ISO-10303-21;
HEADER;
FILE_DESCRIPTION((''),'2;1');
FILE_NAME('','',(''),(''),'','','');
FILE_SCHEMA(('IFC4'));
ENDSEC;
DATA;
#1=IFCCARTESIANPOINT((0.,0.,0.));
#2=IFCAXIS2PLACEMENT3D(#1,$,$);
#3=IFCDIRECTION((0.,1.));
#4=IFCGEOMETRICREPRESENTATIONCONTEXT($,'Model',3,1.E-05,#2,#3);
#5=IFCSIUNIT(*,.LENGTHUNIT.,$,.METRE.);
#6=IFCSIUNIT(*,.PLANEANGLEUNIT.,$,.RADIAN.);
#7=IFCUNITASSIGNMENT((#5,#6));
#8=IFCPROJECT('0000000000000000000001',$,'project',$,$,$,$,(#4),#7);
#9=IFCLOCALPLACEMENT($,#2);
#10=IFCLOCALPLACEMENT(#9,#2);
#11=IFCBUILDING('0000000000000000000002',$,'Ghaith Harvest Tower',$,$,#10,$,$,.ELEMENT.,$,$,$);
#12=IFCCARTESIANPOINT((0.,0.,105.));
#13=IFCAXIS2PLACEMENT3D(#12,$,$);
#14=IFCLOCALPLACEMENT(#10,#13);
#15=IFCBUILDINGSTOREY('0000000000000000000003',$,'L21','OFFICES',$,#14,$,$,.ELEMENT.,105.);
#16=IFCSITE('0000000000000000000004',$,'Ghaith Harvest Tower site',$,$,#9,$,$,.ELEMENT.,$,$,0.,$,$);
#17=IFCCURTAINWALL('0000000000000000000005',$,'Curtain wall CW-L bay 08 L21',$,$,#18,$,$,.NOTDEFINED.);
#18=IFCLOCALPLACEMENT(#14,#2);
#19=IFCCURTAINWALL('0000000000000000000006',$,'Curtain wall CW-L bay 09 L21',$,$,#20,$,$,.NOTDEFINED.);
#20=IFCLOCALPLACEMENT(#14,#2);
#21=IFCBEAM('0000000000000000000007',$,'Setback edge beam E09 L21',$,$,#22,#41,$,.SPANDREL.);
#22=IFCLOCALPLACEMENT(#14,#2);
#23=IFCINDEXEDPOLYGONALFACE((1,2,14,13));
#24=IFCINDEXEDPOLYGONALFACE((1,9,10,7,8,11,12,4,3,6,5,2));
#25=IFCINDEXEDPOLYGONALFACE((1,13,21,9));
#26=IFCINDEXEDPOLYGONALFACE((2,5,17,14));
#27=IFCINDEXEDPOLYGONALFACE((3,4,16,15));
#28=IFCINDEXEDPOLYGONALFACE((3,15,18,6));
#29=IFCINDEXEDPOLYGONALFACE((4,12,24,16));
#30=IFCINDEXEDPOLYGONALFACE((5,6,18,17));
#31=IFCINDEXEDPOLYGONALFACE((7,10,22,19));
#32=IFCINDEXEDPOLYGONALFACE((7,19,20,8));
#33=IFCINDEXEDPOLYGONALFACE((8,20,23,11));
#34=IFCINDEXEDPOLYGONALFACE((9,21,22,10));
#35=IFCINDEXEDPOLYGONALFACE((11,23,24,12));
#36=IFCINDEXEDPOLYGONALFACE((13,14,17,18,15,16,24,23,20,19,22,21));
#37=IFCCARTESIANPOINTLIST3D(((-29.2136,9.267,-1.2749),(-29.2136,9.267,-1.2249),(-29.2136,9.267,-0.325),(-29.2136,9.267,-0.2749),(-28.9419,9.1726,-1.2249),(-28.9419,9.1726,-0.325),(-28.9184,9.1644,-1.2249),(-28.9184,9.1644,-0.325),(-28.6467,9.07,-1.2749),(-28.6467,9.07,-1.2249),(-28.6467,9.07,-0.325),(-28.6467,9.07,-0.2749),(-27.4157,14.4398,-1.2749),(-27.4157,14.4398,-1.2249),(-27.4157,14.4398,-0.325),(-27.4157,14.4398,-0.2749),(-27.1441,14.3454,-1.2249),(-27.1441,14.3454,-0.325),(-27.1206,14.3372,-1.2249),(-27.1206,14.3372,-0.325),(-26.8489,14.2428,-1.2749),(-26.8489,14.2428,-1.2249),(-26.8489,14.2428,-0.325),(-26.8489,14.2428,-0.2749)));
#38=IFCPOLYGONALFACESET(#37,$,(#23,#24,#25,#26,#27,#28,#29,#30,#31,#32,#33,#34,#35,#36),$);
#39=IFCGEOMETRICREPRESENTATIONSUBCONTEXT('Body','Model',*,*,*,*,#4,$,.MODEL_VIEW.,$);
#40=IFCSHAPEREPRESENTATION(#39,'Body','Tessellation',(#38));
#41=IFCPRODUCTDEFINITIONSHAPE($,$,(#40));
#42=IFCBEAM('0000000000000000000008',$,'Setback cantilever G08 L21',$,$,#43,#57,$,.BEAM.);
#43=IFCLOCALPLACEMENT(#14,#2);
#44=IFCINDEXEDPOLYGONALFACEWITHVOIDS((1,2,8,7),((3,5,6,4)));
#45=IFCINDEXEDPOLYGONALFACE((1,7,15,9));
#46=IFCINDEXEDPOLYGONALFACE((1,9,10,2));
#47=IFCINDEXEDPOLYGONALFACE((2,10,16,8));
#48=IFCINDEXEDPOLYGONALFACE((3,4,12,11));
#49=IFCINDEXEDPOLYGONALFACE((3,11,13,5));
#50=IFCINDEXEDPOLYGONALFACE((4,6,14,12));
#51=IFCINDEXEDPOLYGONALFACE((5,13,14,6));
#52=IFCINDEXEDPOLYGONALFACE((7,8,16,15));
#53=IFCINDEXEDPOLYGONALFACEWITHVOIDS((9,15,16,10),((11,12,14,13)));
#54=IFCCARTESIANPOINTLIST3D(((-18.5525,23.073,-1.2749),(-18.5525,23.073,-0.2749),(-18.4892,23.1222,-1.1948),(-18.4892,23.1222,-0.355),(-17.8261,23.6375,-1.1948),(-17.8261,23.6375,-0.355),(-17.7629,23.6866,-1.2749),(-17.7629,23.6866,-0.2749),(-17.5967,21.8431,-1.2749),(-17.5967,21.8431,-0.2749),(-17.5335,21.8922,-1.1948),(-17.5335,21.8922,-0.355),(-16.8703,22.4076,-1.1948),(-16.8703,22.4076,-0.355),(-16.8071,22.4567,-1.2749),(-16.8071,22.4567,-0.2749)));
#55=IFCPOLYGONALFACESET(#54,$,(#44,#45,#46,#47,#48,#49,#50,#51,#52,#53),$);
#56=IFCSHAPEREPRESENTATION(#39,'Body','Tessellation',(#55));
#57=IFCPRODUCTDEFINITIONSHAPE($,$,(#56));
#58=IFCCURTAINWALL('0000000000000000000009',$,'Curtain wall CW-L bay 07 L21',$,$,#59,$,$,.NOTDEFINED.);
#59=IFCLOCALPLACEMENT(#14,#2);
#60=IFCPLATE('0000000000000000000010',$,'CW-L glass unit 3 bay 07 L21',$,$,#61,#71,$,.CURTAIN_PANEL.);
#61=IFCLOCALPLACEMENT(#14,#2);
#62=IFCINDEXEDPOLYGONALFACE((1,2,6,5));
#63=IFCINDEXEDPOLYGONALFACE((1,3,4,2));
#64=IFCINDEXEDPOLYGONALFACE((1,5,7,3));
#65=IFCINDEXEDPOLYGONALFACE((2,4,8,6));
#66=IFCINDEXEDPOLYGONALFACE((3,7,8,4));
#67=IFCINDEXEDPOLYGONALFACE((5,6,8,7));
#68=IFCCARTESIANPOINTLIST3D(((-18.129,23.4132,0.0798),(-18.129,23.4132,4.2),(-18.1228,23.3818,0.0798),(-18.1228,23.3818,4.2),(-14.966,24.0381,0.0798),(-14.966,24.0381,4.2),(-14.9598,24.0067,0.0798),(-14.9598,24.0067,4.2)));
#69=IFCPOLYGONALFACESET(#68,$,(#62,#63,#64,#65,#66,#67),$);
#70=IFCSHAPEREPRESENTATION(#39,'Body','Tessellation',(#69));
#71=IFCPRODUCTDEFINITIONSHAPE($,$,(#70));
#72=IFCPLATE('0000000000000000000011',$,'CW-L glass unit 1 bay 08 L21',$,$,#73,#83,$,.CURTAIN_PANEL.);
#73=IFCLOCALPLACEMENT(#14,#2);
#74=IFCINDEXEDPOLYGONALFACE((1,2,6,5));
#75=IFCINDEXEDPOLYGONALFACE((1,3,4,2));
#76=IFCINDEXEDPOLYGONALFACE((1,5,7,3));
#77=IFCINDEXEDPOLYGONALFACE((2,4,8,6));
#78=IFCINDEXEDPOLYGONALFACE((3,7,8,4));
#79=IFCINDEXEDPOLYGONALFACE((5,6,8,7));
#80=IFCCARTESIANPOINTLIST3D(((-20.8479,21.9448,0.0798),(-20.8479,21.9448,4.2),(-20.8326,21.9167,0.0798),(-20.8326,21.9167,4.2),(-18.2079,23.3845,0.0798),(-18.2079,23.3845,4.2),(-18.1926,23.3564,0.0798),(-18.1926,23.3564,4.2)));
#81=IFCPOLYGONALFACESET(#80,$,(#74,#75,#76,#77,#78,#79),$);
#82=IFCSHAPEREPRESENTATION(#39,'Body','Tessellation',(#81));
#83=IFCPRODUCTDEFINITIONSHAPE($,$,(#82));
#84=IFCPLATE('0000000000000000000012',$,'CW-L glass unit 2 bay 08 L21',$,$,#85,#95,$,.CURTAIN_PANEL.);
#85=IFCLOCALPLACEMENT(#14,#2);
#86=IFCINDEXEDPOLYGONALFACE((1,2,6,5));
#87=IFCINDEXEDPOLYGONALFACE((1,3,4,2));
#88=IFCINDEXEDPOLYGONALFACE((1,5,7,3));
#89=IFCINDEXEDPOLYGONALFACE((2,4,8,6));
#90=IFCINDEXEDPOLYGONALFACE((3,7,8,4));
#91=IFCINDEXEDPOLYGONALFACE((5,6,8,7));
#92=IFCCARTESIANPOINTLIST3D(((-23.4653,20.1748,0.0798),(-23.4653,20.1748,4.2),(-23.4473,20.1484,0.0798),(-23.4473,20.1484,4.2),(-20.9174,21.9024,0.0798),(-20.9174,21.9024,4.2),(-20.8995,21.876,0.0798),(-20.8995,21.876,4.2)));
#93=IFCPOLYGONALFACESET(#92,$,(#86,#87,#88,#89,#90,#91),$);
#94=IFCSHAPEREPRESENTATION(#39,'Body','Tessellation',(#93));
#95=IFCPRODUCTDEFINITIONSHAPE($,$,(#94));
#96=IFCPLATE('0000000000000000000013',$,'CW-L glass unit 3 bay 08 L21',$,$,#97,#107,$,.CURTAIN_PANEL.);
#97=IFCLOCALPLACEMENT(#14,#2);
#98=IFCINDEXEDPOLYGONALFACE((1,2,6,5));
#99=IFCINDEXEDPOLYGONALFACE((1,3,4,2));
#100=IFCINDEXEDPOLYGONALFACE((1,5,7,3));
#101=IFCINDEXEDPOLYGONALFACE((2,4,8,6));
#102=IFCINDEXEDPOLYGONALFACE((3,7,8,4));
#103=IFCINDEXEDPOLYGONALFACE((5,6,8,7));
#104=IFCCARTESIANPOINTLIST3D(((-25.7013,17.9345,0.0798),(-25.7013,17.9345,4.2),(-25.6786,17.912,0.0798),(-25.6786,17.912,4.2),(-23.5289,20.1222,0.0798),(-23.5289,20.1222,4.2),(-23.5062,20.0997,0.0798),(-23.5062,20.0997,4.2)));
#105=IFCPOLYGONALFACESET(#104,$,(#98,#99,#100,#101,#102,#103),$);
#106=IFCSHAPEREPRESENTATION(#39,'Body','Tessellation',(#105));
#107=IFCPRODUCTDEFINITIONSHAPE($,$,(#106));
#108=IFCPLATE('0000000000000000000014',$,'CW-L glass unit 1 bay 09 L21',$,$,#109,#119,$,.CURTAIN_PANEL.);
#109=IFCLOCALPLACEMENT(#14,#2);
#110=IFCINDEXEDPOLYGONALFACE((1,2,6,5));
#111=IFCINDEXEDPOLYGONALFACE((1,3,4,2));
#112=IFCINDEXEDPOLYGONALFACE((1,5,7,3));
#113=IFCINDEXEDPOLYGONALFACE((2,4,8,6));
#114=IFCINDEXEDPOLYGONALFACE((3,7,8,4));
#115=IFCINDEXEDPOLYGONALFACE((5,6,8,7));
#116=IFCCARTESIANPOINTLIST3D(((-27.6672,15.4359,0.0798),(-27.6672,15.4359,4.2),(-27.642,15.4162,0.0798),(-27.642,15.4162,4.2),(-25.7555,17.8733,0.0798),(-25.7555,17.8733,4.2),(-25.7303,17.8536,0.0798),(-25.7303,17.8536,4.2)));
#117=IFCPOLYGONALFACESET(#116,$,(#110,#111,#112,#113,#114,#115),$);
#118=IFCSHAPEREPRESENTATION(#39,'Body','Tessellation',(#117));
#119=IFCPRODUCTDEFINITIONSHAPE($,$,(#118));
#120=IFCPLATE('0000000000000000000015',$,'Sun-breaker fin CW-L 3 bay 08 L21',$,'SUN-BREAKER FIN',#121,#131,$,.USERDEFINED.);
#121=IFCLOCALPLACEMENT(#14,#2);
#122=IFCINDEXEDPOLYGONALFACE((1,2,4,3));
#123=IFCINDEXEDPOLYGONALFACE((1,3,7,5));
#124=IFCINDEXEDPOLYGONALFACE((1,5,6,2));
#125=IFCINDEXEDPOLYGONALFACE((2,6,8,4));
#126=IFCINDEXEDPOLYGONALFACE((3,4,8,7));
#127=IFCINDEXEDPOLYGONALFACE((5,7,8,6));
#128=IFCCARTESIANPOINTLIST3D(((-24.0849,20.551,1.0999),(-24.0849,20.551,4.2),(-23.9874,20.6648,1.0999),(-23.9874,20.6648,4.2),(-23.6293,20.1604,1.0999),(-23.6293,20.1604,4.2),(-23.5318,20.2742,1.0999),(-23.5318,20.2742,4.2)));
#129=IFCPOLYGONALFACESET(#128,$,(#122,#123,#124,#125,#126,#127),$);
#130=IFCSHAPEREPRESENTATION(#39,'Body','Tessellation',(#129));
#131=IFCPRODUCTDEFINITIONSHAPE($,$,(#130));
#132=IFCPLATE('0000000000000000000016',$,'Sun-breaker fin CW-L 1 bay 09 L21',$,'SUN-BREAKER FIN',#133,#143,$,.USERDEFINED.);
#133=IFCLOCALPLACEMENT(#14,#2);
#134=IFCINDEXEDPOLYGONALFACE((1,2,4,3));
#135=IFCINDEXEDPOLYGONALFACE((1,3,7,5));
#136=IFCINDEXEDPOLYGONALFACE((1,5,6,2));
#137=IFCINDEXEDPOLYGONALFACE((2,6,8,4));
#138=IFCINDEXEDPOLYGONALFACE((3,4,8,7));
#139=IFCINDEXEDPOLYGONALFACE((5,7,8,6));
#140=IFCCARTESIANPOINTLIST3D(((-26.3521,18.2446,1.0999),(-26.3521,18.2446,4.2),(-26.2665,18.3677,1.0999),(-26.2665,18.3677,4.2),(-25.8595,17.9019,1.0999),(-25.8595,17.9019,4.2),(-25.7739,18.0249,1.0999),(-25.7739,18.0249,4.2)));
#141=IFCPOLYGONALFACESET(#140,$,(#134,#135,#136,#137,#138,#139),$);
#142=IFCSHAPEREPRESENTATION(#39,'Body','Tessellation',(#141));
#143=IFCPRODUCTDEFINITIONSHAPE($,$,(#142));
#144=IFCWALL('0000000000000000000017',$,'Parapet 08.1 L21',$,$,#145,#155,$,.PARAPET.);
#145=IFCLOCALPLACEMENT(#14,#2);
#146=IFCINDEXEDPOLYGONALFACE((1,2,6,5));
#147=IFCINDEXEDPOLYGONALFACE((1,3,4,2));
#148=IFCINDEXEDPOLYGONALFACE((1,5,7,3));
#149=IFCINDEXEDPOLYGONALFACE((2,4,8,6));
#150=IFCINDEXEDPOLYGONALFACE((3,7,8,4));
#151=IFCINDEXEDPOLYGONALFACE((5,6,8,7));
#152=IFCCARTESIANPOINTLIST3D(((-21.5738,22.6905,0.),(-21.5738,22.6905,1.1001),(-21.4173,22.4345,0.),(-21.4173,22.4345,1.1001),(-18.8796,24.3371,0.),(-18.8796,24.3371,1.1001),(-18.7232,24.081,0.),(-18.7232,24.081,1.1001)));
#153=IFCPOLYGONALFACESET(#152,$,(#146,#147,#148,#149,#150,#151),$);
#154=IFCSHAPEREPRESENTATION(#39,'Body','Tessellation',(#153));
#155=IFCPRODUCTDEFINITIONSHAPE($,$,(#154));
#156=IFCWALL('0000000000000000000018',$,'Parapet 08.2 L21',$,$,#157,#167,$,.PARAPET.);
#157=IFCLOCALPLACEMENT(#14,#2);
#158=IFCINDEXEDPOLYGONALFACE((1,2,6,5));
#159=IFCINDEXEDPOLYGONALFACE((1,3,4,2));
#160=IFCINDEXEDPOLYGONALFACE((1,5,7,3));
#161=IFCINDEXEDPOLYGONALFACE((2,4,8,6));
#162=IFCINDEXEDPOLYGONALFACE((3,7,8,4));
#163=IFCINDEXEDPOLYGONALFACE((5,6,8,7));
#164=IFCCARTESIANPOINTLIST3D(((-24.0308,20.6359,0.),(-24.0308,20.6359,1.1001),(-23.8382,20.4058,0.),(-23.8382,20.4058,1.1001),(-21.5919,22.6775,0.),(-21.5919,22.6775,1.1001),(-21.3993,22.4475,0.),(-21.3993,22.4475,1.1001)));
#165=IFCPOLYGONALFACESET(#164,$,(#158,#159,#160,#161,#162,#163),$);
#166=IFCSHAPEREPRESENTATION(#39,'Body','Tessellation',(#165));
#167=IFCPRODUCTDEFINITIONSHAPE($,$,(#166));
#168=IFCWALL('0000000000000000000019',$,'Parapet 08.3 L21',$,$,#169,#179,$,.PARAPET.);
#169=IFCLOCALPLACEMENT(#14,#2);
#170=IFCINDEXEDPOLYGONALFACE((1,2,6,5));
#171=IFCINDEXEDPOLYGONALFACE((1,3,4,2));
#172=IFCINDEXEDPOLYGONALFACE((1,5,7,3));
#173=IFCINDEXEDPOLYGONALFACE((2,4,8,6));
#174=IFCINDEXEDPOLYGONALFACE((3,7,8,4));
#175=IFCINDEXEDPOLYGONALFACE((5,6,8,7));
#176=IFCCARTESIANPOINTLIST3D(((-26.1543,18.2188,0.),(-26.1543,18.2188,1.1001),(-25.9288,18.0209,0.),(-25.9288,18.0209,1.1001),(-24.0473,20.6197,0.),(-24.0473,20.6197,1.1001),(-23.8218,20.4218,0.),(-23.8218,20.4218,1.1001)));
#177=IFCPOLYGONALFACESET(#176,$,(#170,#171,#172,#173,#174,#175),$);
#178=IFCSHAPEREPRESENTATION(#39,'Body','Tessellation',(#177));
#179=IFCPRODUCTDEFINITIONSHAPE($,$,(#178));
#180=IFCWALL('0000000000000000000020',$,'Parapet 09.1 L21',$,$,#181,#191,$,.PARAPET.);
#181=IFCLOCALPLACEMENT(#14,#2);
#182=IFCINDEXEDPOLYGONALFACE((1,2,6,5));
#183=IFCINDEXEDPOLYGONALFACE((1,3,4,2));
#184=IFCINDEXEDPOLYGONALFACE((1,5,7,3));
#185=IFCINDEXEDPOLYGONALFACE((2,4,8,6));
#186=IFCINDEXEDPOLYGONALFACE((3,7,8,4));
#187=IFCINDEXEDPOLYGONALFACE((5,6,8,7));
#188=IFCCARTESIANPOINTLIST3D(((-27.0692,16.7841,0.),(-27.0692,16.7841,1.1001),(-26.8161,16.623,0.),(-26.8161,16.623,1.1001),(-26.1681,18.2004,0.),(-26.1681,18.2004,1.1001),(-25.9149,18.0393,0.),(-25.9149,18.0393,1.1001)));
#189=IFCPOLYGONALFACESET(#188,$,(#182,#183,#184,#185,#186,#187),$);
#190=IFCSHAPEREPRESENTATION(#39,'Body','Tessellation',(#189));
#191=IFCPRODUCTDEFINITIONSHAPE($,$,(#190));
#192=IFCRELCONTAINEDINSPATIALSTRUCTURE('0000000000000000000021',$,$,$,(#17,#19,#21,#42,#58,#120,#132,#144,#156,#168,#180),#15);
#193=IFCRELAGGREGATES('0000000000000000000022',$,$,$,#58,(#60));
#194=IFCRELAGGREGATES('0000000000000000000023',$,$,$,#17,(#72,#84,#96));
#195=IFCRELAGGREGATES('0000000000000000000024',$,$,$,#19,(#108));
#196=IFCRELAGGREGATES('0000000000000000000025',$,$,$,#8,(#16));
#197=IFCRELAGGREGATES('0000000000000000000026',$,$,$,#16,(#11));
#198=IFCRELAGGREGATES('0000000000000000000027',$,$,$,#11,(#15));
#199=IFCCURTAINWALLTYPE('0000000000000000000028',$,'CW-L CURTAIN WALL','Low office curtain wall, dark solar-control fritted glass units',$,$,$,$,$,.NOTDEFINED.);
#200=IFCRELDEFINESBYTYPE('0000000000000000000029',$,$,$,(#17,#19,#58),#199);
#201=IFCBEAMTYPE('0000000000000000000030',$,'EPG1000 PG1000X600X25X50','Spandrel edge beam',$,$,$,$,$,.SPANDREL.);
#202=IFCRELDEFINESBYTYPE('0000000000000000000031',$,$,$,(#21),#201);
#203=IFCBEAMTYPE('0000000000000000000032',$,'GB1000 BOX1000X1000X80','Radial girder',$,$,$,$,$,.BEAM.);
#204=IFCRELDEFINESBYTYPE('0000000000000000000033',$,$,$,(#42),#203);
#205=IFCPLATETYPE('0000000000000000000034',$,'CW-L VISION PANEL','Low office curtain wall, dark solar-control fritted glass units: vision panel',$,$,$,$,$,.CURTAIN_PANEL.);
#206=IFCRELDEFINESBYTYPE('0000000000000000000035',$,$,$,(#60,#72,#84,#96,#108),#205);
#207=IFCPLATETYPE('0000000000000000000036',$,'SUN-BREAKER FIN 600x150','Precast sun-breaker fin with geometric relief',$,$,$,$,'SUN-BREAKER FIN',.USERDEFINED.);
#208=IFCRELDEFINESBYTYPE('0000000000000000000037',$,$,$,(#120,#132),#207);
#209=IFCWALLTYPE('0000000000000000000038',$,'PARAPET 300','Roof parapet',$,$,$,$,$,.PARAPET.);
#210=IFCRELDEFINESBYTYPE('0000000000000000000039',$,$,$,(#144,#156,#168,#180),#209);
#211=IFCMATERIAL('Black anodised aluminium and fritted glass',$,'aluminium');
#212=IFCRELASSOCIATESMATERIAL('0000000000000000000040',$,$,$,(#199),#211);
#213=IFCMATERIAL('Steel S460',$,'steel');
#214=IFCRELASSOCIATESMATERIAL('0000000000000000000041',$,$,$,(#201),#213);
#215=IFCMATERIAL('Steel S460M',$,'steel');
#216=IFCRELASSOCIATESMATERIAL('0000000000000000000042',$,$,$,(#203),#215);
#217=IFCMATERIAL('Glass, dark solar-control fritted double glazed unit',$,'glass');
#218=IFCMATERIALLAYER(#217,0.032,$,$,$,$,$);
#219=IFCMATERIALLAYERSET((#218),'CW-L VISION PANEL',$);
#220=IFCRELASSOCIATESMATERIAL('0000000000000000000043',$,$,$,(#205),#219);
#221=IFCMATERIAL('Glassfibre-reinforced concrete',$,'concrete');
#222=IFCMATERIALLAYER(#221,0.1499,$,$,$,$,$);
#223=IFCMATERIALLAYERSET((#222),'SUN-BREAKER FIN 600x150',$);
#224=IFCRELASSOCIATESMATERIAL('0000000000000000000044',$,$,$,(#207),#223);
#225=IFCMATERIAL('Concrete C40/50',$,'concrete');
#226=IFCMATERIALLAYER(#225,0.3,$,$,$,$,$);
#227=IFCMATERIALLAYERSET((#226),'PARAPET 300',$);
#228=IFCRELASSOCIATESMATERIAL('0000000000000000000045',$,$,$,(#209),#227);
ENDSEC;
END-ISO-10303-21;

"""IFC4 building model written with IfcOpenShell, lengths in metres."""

from ifc_helpers import new_model, si_unit, direction, frame, frame_2d, origin, origin_2d, place, context, subcontext, project, spatial, rectangle, hollow_rectangle, i_section, extrude, material, layer, layer_set, material_profile, profile_set, type_object, element, aggregate, save


model = new_model("IFC4")

# Units and contexts
model_context = context("Model", 3, precision=1e-05, world=origin(), true_north=direction((0.0, 1.0)))
body_context = subcontext(model_context, "Body", "Model", "MODEL_VIEW")
ifc_project = project(units=[si_unit("LENGTHUNIT", "METRE"), si_unit("PLANEANGLEUNIT", "RADIAN")], contexts=[model_context])

# Site, building, storey
site_placement = place(None, origin())
site = spatial("IfcSite", under=ifc_project, at=site_placement, Name="Ghaith Harvest Tower site", CompositionType="ELEMENT", RefElevation=0.0)
building_placement = place(site_placement, origin())
building = spatial("IfcBuilding", under=site, at=building_placement, Name="Ghaith Harvest Tower", CompositionType="ELEMENT")
storey_placement = place(building_placement, frame((0.0, 0.0, 105.0)))
storey = spatial("IfcBuildingStorey", under=building, at=storey_placement, Name="L21", Description="OFFICES", CompositionType="ELEMENT", Elevation=105.0)

# Curtain walls
ifc_material_1 = material(Name="Black anodised aluminium and fritted glass", Category="aluminium")
curtain_wall_type = type_object("IfcCurtainWallType", Name="CW-L CURTAIN WALL", Description="Low office curtain wall, dark solar-control fritted glass units", PredefinedType="NOTDEFINED", material=ifc_material_1)
curtain_wall_1_placement = place(storey_placement, origin())
curtain_wall_1 = element("IfcCurtainWall", 1, at=curtain_wall_1_placement, inside=storey, type_object=curtain_wall_type, Name="Curtain wall CW-L bay 08 L21", PredefinedType="NOTDEFINED")
curtain_wall_2_placement = place(storey_placement, origin())
curtain_wall_2 = element("IfcCurtainWall", 2, at=curtain_wall_2_placement, inside=storey, type_object=curtain_wall_type, Name="Curtain wall CW-L bay 09 L21", PredefinedType="NOTDEFINED")

# Beams
ifc_material_2 = material(Name="Steel S460", Category="steel")
ifc_material_profile_1 = material_profile(ifc_material_2, i_section(OverallWidth=0.6001, OverallDepth=1.0, WebThickness=0.0249, FlangeThickness=0.05, at=origin_2d()), Name="PG1000X600X25X50")
ifc_profile_set_1 = profile_set([ifc_material_profile_1], Name="Steel S460")
beam_type_1 = type_object("IfcBeamType", Name="EPG1000 PG1000X600X25X50", Description="Spandrel edge beam", PredefinedType="SPANDREL", material=ifc_profile_set_1)
beam_1_placement = place(storey_placement, frame((-27.1323, 14.3413, -0.7749), z_axis=(-0.328292, -0.944576, 0.0), x_axis=(0.944576, -0.328292, 0.0)))
element("IfcBeam", 3, at=beam_1_placement, inside=storey, type_object=beam_type_1, Name="Setback edge beam E09 L21", PredefinedType="SPANDREL", context=body_context, shape_type="SweptSolid", body=[
    extrude(i_section(OverallWidth=0.6001, OverallDepth=1.0, WebThickness=0.0249, FlangeThickness=0.05, at=origin_2d()), origin(), (0.0, 0.0, 1.0), 5.4763),
])
ifc_material_3 = material(Name="Steel S460M", Category="steel")
ifc_material_profile_2 = material_profile(ifc_material_3, hollow_rectangle(XDim=1.0, YDim=1.0, WallThickness=0.0801, at=origin_2d()), Name="BOX1000X1000X80")
ifc_profile_set_2 = profile_set([ifc_material_profile_2], Name="Steel S460M")
beam_type_2 = type_object("IfcBeamType", Name="GB1000 BOX1000X1000X80", Description="Radial girder", PredefinedType="BEAM", material=ifc_profile_set_2)
beam_2_placement = place(storey_placement, frame((-17.2019, 22.1499, -0.7749), z_axis=(-0.613604, 0.789614, 0.0), x_axis=(-0.789614, -0.613604, 0.0)))
element("IfcBeam", 4, at=beam_2_placement, inside=storey, type_object=beam_type_2, Name="Setback cantilever G08 L21", PredefinedType="BEAM", context=body_context, shape_type="SweptSolid", body=[
    extrude(hollow_rectangle(XDim=1.0, YDim=1.0, WallThickness=0.0801, at=origin_2d()), origin(), (0.0, 0.0, 1.0), 1.5576),
])

# Curtain wall, plate
curtain_wall_3_placement = place(storey_placement, origin())
curtain_wall_3 = element("IfcCurtainWall", 5, at=curtain_wall_3_placement, inside=storey, type_object=curtain_wall_type, Name="Curtain wall CW-L bay 07 L21", PredefinedType="NOTDEFINED")
ifc_material_4 = material(Name="Glass, dark solar-control fritted double glazed unit", Category="glass")
ifc_layer_1 = layer(ifc_material_4, 0.032)
ifc_layer_set_1 = layer_set([ifc_layer_1], Name="CW-L VISION PANEL")
plate_type_1 = type_object("IfcPlateType", Name="CW-L VISION PANEL", Description="Low office curtain wall, dark solar-control fritted glass units: vision panel", PredefinedType="CURTAIN_PANEL", material=ifc_layer_set_1)
plate_1_placement = place(storey_placement, frame((-16.5444, 23.71, 0.0798), z_axis=(0.0, 0.0, 1.0), x_axis=(-0.981038, -0.193818, 0.0)))
plate_1 = element("IfcPlate", 6, at=plate_1_placement, type_object=plate_type_1, Name="CW-L glass unit 3 bay 07 L21", PredefinedType="CURTAIN_PANEL", context=body_context, shape_type="SweptSolid", body=[
    extrude(rectangle(XDim=3.2241, YDim=0.032, at=origin_2d()), origin(), (0.0, 0.0, 1.0), 4.1201),
])
aggregate(curtain_wall_3, [plate_1])

# Plates
plate_2_placement = place(storey_placement, frame((-19.5203, 22.6506, 0.0798), z_axis=(0.0, 0.0, 1.0), x_axis=(-0.87794, -0.47877, 0.0)))
plate_2 = element("IfcPlate", 7, at=plate_2_placement, type_object=plate_type_1, Name="CW-L glass unit 1 bay 08 L21", PredefinedType="CURTAIN_PANEL", context=body_context, shape_type="SweptSolid", body=[
    extrude(rectangle(XDim=3.0071, YDim=0.032, at=origin_2d()), origin(), (0.0, 0.0, 1.0), 4.1201),
])
plate_3_placement = place(storey_placement, frame((-22.1824, 21.0254, 0.0798), z_axis=(0.0, 0.0, 1.0), x_axis=(-0.827675, -0.561208, 0.0)))
plate_3 = element("IfcPlate", 8, at=plate_3_placement, type_object=plate_type_1, Name="CW-L glass unit 2 bay 08 L21", PredefinedType="CURTAIN_PANEL", context=body_context, shape_type="SweptSolid", body=[
    extrude(rectangle(XDim=3.0784, YDim=0.032, at=origin_2d()), origin(), (0.0, 0.0, 1.0), 4.1201),
])
plate_4_placement = place(storey_placement, frame((-24.6038, 19.0171, 0.0798), z_axis=(0.0, 0.0, 1.0), x_axis=(-0.704614, -0.709591, 0.0)))
plate_4 = element("IfcPlate", 9, at=plate_4_placement, type_object=plate_type_1, Name="CW-L glass unit 3 bay 08 L21", PredefinedType="CURTAIN_PANEL", context=body_context, shape_type="SweptSolid", body=[
    extrude(rectangle(XDim=3.083, YDim=0.032, at=origin_2d()), origin(), (0.0, 0.0, 1.0), 4.1201),
])
aggregate(curtain_wall_1, [plate_2, plate_3, plate_4])
plate_5_placement = place(storey_placement, frame((-26.6987, 16.6448, 0.0798), z_axis=(0.0, 0.0, 1.0), x_axis=(-0.617141, -0.786853, 0.0)))
plate_5 = element("IfcPlate", 10, at=plate_5_placement, type_object=plate_type_1, Name="CW-L glass unit 1 bay 09 L21", PredefinedType="CURTAIN_PANEL", context=body_context, shape_type="SweptSolid", body=[
    extrude(rectangle(XDim=3.0977, YDim=0.032, at=origin_2d()), origin(), (0.0, 0.0, 1.0), 4.1201),
])
aggregate(curtain_wall_2, [plate_5])

# Plates
ifc_material_5 = material(Name="Glassfibre-reinforced concrete", Category="concrete")
ifc_layer_2 = layer(ifc_material_5, 0.1499)
ifc_layer_set_2 = layer_set([ifc_layer_2], Name="SUN-BREAKER FIN 600x150")
plate_type_2 = type_object("IfcPlateType", Name="SUN-BREAKER FIN 600x150", Description="Precast sun-breaker fin with geometric relief", ElementType="SUN-BREAKER FIN", PredefinedType="USERDEFINED", material=ifc_layer_set_2)
for number, where, z_axis, x_axis, name in (
    (11, (-23.8083, 20.4126, 1.0999), (0.0, 0.0, 1.0), (-0.75917, 0.650893, 0.0), "Sun-breaker fin CW-L 3 bay 08 L21"),
    (12, (-26.063, 18.1348, 1.0999), (0.0, 0.0, 1.0), (-0.820845, 0.57115, 0.0), "Sun-breaker fin CW-L 1 bay 09 L21"),
):
    element("IfcPlate", number, at=place(storey_placement, frame(where, z_axis=z_axis, x_axis=x_axis)), inside=storey, type_object=plate_type_2, Name=name, ObjectType="SUN-BREAKER FIN", PredefinedType="USERDEFINED", context=body_context, shape_type="SweptSolid", body=[
        extrude(rectangle(XDim=0.6001, YDim=0.1499, at=origin_2d()), origin(), (0.0, 0.0, 1.0), 3.1001),
    ])

# Walls
ifc_material_6 = material(Name="Concrete C40/50", Category="concrete")
ifc_layer_3 = layer(ifc_material_6, 0.3)
ifc_layer_set_3 = layer_set([ifc_layer_3], Name="PARAPET 300")
wall_type_1 = type_object("IfcWallType", Name="PARAPET 300", Description="Roof parapet", PredefinedType="PARAPET", material=ifc_layer_set_3)
wall_1_placement = place(storey_placement, frame((-18.8015, 24.209, 0.0), z_axis=(0.0, 0.0, 1.0), x_axis=(-0.853268, -0.521472, 0.0)))
element("IfcWall", 13, at=wall_1_placement, inside=storey, type_object=wall_type_1, Name="Parapet 08.1 L21", PredefinedType="PARAPET", context=body_context, shape_type="SweptSolid", body=[
    extrude(rectangle(XDim=3.1575, YDim=0.3, at=frame_2d((1.5786, 0.0))), origin(), (0.0, 0.0, 1.0), 1.1001),
])
wall_2_placement = place(storey_placement, frame((-21.4956, 22.5625, 0.0), z_axis=(0.0, 0.0, 1.0), x_axis=(-0.766785, -0.641904, 0.0)))
element("IfcWall", 14, at=wall_2_placement, inside=storey, type_object=wall_type_1, Name="Parapet 08.2 L21", PredefinedType="PARAPET", context=body_context, shape_type="SweptSolid", body=[
    extrude(rectangle(XDim=3.1807, YDim=0.3, at=frame_2d((1.5903, 0.0))), origin(), (0.0, 0.0, 1.0), 1.1001),
])
wall_3_placement = place(storey_placement, frame((-23.9346, 20.5208, 0.0), z_axis=(0.0, 0.0, 1.0), x_axis=(-0.659597, -0.75162, 0.0)))
element("IfcWall", 15, at=wall_3_placement, inside=storey, type_object=wall_type_1, Name="Parapet 08.3 L21", PredefinedType="PARAPET", context=body_context, shape_type="SweptSolid", body=[
    extrude(rectangle(XDim=3.1943, YDim=0.3, at=frame_2d((1.5972, 0.0))), origin(), (0.0, 0.0, 1.0), 1.1001),
])
wall_4_placement = place(storey_placement, frame((-26.0415, 18.1199, 0.0), z_axis=(0.0, 0.0, 1.0), x_axis=(-0.536819, -0.843697, 0.0)))
element("IfcWall", 16, at=wall_4_placement, inside=storey, type_object=wall_type_1, Name="Parapet 09.1 L21", PredefinedType="PARAPET", context=body_context, shape_type="SweptSolid", body=[
    extrude(rectangle(XDim=1.6787, YDim=0.3, at=frame_2d((0.8394, 0.0))), origin(), (0.0, 0.0, 1.0), 1.1001),
])

save(model, "model.ifc")
